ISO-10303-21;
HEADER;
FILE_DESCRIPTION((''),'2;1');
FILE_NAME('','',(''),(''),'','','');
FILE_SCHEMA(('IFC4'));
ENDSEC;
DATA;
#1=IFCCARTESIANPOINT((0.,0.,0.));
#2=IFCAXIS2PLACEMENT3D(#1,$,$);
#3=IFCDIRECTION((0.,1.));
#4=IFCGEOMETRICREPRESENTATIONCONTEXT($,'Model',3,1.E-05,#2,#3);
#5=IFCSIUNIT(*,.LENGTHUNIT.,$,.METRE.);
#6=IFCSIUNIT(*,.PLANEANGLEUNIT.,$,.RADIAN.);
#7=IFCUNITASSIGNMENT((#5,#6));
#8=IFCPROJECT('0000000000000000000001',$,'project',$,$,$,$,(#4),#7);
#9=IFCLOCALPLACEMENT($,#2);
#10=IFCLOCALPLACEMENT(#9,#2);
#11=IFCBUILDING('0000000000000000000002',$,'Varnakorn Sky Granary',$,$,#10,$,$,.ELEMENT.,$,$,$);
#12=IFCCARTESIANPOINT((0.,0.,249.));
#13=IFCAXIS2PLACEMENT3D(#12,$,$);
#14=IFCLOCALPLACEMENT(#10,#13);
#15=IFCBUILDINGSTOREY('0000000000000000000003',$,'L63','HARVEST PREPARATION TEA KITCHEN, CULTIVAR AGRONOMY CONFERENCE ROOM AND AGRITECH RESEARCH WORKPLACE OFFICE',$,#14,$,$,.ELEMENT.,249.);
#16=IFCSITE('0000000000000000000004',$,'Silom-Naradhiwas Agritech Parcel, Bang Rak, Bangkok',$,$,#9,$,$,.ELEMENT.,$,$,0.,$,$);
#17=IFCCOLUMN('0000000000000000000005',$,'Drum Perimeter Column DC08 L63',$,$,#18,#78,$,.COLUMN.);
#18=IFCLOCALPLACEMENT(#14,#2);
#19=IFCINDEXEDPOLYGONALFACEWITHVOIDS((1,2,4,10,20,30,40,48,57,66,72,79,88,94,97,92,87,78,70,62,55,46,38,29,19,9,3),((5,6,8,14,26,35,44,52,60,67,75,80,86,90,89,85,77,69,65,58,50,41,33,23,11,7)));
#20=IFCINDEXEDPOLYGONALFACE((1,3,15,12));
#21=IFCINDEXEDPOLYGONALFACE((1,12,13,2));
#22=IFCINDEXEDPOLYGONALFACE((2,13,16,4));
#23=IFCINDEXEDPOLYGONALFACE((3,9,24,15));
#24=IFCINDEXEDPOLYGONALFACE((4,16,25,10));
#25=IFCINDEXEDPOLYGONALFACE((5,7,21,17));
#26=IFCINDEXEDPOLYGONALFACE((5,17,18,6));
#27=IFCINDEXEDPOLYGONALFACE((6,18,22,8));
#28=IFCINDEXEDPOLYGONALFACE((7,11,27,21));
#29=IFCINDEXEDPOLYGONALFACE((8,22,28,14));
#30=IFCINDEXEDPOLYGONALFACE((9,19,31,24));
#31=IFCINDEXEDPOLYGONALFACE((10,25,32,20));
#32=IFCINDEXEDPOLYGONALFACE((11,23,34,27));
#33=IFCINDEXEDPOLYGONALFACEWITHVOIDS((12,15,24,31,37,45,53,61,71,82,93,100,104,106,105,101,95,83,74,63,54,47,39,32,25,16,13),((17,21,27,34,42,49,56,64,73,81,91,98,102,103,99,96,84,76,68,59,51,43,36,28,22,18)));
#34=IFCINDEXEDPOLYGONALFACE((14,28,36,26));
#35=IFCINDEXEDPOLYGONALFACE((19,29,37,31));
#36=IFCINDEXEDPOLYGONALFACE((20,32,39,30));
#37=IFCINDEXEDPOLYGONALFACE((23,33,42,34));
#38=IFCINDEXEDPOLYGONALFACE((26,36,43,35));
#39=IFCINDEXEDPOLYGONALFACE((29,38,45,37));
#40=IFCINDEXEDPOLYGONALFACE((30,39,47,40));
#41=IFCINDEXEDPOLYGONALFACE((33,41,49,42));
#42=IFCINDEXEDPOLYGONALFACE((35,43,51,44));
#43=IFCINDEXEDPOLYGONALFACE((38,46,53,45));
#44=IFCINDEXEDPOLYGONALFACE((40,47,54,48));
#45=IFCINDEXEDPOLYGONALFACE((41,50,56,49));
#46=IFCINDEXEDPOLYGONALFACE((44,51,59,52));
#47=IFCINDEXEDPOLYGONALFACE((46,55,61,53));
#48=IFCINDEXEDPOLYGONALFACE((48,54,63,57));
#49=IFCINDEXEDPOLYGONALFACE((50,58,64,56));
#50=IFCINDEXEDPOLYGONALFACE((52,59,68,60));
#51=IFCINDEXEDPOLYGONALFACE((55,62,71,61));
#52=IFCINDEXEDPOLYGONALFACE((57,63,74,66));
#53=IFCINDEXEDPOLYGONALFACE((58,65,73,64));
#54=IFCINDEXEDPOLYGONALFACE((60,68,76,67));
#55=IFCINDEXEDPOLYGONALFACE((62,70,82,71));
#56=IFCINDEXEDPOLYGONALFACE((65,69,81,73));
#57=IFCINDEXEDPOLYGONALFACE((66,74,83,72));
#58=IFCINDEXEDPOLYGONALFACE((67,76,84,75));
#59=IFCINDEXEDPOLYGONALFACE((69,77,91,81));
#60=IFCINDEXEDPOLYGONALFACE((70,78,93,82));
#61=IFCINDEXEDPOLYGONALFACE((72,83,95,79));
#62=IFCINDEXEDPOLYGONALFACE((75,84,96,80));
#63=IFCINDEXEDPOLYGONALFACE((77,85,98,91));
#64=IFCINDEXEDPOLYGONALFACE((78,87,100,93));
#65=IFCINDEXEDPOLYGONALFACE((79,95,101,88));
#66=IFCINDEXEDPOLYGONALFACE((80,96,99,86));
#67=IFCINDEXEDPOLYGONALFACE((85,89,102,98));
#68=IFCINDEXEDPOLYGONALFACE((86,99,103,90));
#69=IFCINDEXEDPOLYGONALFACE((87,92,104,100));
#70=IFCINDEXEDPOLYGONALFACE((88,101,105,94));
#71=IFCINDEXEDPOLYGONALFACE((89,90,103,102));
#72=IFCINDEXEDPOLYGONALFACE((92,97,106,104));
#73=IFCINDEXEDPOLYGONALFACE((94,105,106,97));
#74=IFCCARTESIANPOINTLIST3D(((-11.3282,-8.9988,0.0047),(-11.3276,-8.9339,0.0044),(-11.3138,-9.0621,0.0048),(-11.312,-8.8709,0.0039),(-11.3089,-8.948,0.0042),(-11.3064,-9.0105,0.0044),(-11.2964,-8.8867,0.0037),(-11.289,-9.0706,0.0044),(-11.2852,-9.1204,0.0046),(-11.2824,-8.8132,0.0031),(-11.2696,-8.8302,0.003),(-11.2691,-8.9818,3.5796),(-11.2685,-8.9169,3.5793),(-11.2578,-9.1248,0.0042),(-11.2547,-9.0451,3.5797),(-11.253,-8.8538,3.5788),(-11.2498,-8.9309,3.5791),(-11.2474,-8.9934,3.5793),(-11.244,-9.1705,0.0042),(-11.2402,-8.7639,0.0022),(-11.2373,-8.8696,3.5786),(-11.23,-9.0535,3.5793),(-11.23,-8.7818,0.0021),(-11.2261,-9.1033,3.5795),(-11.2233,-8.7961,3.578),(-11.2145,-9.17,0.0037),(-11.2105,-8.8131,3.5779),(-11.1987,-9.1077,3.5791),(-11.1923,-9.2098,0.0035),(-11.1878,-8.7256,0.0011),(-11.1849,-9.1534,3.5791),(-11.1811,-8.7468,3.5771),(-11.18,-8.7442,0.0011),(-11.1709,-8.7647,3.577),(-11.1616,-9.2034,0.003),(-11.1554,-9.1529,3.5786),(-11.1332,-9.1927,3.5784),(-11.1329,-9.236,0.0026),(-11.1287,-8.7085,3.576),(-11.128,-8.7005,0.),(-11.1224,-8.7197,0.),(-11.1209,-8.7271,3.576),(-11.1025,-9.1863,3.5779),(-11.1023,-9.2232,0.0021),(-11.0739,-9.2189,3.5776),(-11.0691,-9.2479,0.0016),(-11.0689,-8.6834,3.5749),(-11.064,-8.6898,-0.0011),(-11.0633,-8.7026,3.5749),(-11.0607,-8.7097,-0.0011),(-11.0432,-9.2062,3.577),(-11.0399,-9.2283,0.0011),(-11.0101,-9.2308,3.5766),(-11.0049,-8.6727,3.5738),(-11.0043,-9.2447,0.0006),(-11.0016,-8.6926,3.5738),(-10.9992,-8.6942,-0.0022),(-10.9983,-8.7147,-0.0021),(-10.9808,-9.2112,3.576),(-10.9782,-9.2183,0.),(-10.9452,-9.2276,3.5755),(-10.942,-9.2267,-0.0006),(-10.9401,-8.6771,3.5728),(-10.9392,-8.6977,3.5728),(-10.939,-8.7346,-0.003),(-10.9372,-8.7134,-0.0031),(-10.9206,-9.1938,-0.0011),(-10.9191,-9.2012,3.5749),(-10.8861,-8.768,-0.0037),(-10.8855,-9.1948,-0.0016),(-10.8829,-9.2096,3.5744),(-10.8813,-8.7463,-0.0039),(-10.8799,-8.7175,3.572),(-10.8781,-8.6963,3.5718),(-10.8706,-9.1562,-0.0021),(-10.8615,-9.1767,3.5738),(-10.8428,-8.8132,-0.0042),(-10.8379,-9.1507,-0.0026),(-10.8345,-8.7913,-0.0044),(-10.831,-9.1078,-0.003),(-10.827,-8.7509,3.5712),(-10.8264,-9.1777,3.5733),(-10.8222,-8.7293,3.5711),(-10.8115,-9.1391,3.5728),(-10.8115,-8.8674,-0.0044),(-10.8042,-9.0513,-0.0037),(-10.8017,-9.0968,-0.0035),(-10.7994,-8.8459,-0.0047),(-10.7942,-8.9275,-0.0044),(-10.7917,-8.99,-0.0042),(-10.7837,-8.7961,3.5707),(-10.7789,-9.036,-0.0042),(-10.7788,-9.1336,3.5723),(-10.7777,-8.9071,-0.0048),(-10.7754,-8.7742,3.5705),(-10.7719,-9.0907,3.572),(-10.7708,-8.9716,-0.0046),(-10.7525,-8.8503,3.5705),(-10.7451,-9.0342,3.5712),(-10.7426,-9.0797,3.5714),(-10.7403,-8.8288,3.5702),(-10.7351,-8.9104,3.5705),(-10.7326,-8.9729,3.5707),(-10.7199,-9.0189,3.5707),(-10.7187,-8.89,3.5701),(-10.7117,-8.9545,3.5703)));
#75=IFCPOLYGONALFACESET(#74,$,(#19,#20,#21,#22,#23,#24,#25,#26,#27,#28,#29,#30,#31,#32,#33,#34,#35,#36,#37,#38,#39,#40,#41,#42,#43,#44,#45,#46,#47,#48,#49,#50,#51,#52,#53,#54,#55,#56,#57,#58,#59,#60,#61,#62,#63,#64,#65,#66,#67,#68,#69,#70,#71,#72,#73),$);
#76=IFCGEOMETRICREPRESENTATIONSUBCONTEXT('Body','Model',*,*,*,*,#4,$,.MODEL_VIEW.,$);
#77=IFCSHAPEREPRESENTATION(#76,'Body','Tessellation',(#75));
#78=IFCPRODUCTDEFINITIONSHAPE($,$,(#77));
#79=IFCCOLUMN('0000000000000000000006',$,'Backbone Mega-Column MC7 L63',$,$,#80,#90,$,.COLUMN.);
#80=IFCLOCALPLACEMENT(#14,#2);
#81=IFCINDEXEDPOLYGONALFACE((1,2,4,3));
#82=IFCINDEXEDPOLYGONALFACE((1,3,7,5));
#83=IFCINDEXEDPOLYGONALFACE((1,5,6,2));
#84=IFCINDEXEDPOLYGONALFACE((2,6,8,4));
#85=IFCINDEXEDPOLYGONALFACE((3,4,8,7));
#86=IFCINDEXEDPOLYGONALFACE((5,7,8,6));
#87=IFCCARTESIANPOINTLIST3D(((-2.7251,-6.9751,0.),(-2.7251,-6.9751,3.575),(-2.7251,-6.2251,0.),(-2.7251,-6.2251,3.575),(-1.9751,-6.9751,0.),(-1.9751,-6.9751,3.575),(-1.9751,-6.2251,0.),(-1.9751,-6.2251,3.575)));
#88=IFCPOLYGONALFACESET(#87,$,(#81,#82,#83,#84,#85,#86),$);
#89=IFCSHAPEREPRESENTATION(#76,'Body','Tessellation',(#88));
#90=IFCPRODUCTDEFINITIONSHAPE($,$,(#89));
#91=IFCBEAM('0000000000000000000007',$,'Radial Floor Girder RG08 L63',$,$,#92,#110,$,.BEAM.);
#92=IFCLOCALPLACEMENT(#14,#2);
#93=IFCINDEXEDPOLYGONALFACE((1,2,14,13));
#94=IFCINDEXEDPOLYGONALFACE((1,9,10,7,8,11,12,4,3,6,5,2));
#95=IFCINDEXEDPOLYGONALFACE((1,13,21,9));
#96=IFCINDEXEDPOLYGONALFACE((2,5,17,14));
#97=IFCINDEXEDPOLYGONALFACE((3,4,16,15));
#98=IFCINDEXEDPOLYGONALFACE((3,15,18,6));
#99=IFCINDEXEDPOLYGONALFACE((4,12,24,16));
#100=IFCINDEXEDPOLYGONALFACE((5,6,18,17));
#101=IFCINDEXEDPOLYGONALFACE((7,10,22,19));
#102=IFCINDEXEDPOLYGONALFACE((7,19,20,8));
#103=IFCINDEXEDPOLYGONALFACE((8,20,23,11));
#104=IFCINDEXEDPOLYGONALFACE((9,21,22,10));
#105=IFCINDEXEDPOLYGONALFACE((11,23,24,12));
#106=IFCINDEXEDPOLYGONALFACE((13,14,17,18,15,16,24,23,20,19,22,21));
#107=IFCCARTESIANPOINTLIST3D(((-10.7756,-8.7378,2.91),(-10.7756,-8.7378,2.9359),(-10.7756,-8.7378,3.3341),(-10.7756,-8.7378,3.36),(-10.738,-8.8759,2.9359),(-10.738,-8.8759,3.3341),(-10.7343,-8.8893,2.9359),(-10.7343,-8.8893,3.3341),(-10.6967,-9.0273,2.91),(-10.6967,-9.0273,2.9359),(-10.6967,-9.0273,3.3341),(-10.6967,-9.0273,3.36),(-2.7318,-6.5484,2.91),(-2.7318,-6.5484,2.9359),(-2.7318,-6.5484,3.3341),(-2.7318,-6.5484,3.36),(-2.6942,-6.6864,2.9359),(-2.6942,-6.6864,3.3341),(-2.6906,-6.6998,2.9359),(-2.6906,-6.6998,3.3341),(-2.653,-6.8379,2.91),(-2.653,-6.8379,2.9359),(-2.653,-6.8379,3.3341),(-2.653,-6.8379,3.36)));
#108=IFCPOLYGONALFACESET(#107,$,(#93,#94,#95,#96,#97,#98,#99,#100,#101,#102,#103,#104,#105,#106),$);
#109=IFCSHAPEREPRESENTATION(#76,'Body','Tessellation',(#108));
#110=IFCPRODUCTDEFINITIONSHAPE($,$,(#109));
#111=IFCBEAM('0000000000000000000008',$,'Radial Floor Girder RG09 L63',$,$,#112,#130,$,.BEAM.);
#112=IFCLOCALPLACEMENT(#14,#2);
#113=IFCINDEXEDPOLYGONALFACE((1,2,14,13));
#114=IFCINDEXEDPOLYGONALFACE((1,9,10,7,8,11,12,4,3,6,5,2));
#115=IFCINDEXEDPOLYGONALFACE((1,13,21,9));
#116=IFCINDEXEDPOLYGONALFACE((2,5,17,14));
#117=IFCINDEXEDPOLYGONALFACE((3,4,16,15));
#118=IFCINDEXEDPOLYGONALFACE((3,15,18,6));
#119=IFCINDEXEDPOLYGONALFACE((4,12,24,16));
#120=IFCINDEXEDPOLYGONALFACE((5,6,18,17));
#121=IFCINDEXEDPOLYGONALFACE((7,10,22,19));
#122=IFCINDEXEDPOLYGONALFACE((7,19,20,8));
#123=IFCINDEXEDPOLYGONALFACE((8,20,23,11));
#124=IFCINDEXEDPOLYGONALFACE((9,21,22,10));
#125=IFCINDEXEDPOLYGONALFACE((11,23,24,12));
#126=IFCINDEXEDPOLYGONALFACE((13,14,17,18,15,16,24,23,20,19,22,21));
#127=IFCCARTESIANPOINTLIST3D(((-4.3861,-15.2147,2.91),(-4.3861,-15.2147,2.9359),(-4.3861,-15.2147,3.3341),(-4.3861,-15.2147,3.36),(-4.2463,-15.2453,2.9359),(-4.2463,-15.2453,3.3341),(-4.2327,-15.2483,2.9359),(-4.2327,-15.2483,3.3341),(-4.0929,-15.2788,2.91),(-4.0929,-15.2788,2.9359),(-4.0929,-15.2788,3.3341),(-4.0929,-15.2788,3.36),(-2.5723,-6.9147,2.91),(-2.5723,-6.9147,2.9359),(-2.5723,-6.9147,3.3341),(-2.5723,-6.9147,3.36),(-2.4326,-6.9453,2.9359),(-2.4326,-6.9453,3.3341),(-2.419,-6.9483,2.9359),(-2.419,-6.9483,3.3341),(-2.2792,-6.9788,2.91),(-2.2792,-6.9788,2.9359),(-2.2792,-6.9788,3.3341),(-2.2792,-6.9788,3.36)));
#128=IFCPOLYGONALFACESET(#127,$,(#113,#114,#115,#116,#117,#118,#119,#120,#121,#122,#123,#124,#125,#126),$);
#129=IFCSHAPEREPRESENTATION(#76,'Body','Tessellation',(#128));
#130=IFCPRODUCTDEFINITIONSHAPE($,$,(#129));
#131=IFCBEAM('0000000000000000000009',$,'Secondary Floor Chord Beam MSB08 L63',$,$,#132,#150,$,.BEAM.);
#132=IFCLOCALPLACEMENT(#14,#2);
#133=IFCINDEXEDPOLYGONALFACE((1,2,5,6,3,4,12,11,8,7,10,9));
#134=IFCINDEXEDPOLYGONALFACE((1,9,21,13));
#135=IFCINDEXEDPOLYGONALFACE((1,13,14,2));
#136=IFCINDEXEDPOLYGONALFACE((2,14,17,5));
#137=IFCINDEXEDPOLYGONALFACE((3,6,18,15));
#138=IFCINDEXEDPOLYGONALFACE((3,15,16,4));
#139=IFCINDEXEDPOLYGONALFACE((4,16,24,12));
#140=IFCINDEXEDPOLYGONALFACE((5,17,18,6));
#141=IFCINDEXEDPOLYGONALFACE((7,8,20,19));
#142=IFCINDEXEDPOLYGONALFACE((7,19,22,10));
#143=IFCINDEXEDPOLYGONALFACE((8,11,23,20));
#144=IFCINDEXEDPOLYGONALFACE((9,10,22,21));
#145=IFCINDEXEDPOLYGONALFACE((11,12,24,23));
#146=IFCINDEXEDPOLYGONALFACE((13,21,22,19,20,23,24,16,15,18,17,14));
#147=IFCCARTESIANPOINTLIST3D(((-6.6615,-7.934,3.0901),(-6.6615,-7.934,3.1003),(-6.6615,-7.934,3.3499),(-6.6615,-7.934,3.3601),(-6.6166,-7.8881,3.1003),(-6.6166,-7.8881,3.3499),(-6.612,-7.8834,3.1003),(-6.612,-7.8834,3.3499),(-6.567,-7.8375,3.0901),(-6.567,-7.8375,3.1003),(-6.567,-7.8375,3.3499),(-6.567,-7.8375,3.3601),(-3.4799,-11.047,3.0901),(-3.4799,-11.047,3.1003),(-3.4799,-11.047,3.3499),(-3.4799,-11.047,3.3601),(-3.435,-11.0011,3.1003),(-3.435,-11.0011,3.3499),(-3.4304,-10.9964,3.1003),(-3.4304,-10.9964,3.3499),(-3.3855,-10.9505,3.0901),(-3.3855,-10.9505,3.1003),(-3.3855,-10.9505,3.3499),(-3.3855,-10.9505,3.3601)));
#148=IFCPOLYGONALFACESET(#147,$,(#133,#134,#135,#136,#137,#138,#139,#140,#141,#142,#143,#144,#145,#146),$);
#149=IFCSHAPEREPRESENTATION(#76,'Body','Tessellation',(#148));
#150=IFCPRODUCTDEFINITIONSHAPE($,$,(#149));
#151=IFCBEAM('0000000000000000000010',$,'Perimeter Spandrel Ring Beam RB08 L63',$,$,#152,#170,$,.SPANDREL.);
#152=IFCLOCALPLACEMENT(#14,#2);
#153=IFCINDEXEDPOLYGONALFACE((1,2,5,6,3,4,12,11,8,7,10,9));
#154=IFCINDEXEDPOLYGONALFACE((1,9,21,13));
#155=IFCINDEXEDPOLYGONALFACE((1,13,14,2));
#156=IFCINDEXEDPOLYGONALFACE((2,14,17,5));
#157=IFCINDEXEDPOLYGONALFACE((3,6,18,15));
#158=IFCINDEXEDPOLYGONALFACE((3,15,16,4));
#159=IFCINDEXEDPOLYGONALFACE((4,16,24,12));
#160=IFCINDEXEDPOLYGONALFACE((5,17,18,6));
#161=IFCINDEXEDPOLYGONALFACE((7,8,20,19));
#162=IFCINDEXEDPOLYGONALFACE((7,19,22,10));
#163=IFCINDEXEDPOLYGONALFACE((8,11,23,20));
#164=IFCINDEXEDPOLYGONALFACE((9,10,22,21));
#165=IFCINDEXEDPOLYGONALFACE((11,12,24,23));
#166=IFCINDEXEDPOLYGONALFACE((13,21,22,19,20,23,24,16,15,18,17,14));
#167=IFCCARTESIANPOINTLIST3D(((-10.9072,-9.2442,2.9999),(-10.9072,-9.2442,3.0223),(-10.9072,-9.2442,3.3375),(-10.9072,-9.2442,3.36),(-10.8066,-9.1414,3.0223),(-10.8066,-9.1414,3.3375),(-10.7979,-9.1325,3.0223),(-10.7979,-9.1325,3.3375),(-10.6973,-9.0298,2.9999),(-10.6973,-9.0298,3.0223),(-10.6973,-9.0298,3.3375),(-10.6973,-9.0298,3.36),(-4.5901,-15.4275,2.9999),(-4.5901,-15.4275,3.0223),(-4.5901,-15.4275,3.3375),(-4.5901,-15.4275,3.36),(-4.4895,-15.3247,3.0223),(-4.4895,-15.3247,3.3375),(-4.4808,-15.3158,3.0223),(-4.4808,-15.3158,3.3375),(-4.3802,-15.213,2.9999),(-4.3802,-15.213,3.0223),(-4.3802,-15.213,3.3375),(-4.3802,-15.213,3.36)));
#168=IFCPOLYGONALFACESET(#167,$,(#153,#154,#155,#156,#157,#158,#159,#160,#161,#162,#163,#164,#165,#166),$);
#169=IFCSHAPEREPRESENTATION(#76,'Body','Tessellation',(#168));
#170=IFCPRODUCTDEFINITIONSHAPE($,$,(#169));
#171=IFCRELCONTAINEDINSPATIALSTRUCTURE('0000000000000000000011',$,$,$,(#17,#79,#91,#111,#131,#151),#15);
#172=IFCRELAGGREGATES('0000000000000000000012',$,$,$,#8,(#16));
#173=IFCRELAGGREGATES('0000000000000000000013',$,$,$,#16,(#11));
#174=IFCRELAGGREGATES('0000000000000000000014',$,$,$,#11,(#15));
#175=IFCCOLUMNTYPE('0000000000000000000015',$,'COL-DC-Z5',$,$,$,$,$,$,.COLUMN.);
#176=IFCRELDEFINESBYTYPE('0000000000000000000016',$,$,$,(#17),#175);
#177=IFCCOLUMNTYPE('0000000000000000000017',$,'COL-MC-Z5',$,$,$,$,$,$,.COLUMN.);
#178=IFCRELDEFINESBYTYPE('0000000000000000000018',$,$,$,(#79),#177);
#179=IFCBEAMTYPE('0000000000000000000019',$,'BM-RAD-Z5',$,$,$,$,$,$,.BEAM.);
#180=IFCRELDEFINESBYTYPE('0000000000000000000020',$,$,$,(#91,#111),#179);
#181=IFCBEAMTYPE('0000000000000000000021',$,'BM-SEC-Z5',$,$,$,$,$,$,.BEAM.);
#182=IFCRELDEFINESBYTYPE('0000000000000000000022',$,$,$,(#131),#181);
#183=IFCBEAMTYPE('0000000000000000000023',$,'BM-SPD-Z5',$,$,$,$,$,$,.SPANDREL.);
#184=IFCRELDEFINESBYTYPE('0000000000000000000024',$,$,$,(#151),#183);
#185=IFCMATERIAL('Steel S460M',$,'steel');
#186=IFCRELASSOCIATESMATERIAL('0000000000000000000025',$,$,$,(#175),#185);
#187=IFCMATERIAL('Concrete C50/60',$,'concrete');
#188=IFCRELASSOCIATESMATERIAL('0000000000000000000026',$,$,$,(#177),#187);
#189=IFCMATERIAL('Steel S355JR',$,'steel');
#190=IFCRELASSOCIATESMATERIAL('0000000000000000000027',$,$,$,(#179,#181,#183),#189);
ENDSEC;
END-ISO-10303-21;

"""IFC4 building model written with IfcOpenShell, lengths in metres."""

from ifc_helpers import new_model, si_unit, direction, frame, origin, origin_2d, place, context, subcontext, project, spatial, rectangle, hollow_circle, i_section, extrude, material, material_profile, profile_set, type_object, element, save


model = new_model("IFC4")

# Units and contexts
model_context = context("Model", 3, precision=1e-05, world=origin(), true_north=direction((0.0, 1.0)))
body_context = subcontext(model_context, "Body", "Model", "MODEL_VIEW")
ifc_project = project(units=[si_unit("LENGTHUNIT", "METRE"), si_unit("PLANEANGLEUNIT", "RADIAN")], contexts=[model_context])

# Site, building, storey
site_placement = place(None, origin())
site = spatial("IfcSite", under=ifc_project, at=site_placement, Name="Silom-Naradhiwas Agritech Parcel, Bang Rak, Bangkok", CompositionType="ELEMENT", RefElevation=0.0)
building_placement = place(site_placement, origin())
building = spatial("IfcBuilding", under=site, at=building_placement, Name="Varnakorn Sky Granary", CompositionType="ELEMENT")
storey_placement = place(building_placement, frame((0.0, 0.0, 249.0)))
storey = spatial("IfcBuildingStorey", under=building, at=storey_placement, Name="L63", Description="HARVEST PREPARATION TEA KITCHEN, CULTIVAR AGRONOMY CONFERENCE ROOM AND AGRITECH RESEARCH WORKPLACE OFFICE", CompositionType="ELEMENT", Elevation=249.0)

# Columns
ifc_material_1 = material(Name="Steel S460M", Category="steel")
ifc_material_profile_1 = material_profile(ifc_material_1, hollow_circle(Radius=0.2795, WallThickness=0.02, at=origin_2d()), Name="CHS 559x20")
ifc_profile_set_1 = profile_set([ifc_material_profile_1], Name="Steel S460M")
column_type_1 = type_object("IfcColumnType", Name="COL-DC-Z5", PredefinedType="COLUMN", material=ifc_profile_set_1)
column_1_placement = place(storey_placement, frame((-11.0503, -8.969, 0.0), z_axis=(0.016524, 0.00478, 0.999852), x_axis=(-0.277865, 0.96062, 0.0)))
element("IfcColumn", 1, at=column_1_placement, inside=storey, type_object=column_type_1, Name="Drum Perimeter Column DC08 L63", PredefinedType="COLUMN", context=body_context, shape_type="SweptSolid", body=[
    extrude(hollow_circle(Radius=0.2795, WallThickness=0.02, at=origin_2d()), origin(), (0.0, 0.0, 1.0), 3.5754),
])
ifc_material_2 = material(Name="Concrete C50/60", Category="concrete")
ifc_material_profile_2 = material_profile(ifc_material_2, rectangle(XDim=0.75, YDim=0.75, at=origin_2d()), Name="RC 750x750")
ifc_profile_set_2 = profile_set([ifc_material_profile_2], Name="Concrete C50/60")
column_type_2 = type_object("IfcColumnType", Name="COL-MC-Z5", PredefinedType="COLUMN", material=ifc_profile_set_2)
column_2_placement = place(storey_placement, frame((-2.3501, -6.6001, 0.0), z_axis=(0.0, 0.0, 1.0), x_axis=(1.0, 0.0, 0.0)))
element("IfcColumn", 2, at=column_2_placement, inside=storey, type_object=column_type_2, Name="Backbone Mega-Column MC7 L63", PredefinedType="COLUMN", context=body_context, shape_type="SweptSolid", body=[
    extrude(rectangle(XDim=0.75, YDim=0.75, at=origin_2d()), origin(), (0.0, 0.0, 1.0), 3.575),
])

# Beams
ifc_material_3 = material(Name="Steel S355JR", Category="steel")
ifc_material_profile_3 = material_profile(ifc_material_3, i_section(OverallWidth=0.3, OverallDepth=0.45, WebThickness=0.0139, FlangeThickness=0.0259, at=origin_2d()), Name="HE 450 B")
ifc_profile_set_3 = profile_set([ifc_material_profile_3], Name="Steel S355JR")
beam_type_1 = type_object("IfcBeamType", Name="BM-RAD-Z5", PredefinedType="BEAM", material=ifc_profile_set_3)
beam_1_placement = place(storey_placement, frame((-2.6924, -6.6931, 3.135), z_axis=(-0.964894, -0.262639, 0.0), x_axis=(0.262639, -0.964894, 0.0)))
element("IfcBeam", 3, at=beam_1_placement, inside=storey, type_object=beam_type_1, Name="Radial Floor Girder RG08 L63", PredefinedType="BEAM", context=body_context, shape_type="SweptSolid", body=[
    extrude(i_section(OverallWidth=0.3, OverallDepth=0.45, WebThickness=0.0139, FlangeThickness=0.0259, at=origin_2d()), origin(), (0.0, 0.0, 1.0), 8.3364),
])
beam_2_placement = place(storey_placement, frame((-2.4258, -6.9468, 3.135), z_axis=(-0.213482, -0.976947, 0.0), x_axis=(0.976947, -0.213482, 0.0)))
element("IfcBeam", 4, at=beam_2_placement, inside=storey, type_object=beam_type_1, Name="Radial Floor Girder RG09 L63", PredefinedType="BEAM", context=body_context, shape_type="SweptSolid", body=[
    extrude(i_section(OverallWidth=0.3, OverallDepth=0.45, WebThickness=0.0139, FlangeThickness=0.0259, at=origin_2d()), origin(), (0.0, 0.0, 1.0), 8.4958),
])
ifc_material_profile_4 = material_profile(ifc_material_3, i_section(OverallWidth=0.135, OverallDepth=0.27, WebThickness=0.0066, FlangeThickness=0.0103, at=origin_2d()), Name="IPE 270")
ifc_profile_set_4 = profile_set([ifc_material_profile_4], Name="Steel S355JR")
beam_type_2 = type_object("IfcBeamType", Name="BM-SEC-Z5", PredefinedType="BEAM", material=ifc_profile_set_4)
beam_3_placement = place(storey_placement, frame((-6.6143, -7.8857, 3.2251), z_axis=(0.714771, -0.699359, 0.0), x_axis=(0.699359, 0.714771, 0.0)))
element("IfcBeam", 5, at=beam_3_placement, inside=storey, type_object=beam_type_2, Name="Secondary Floor Chord Beam MSB08 L63", PredefinedType="BEAM", context=body_context, shape_type="SweptSolid", body=[
    extrude(i_section(OverallWidth=0.135, OverallDepth=0.27, WebThickness=0.0066, FlangeThickness=0.0103, at=origin_2d()), origin(), (0.0, 0.0, 1.0), 4.4512),
])
ifc_material_profile_5 = material_profile(ifc_material_3, i_section(OverallWidth=0.3, OverallDepth=0.3601, WebThickness=0.0125, FlangeThickness=0.0225, at=origin_2d()), Name="HE 360 B")
ifc_profile_set_5 = profile_set([ifc_material_profile_5], Name="Steel S355JR")
beam_type_3 = type_object("IfcBeamType", Name="BM-SPD-Z5", PredefinedType="SPANDREL", material=ifc_profile_set_5)
beam_4_placement = place(storey_placement, frame((-10.8022, -9.137, 3.1799), z_axis=(0.714634, -0.699499, 0.0), x_axis=(0.699499, 0.714634, 0.0)))
element("IfcBeam", 6, at=beam_4_placement, inside=storey, type_object=beam_type_3, Name="Perimeter Spandrel Ring Beam RB08 L63", PredefinedType="SPANDREL", context=body_context, shape_type="SweptSolid", body=[
    extrude(i_section(OverallWidth=0.3, OverallDepth=0.3601, WebThickness=0.0125, FlangeThickness=0.0225, at=origin_2d()), origin(), (0.0, 0.0, 1.0), 8.8396),
])

save(model, "model.ifc")
